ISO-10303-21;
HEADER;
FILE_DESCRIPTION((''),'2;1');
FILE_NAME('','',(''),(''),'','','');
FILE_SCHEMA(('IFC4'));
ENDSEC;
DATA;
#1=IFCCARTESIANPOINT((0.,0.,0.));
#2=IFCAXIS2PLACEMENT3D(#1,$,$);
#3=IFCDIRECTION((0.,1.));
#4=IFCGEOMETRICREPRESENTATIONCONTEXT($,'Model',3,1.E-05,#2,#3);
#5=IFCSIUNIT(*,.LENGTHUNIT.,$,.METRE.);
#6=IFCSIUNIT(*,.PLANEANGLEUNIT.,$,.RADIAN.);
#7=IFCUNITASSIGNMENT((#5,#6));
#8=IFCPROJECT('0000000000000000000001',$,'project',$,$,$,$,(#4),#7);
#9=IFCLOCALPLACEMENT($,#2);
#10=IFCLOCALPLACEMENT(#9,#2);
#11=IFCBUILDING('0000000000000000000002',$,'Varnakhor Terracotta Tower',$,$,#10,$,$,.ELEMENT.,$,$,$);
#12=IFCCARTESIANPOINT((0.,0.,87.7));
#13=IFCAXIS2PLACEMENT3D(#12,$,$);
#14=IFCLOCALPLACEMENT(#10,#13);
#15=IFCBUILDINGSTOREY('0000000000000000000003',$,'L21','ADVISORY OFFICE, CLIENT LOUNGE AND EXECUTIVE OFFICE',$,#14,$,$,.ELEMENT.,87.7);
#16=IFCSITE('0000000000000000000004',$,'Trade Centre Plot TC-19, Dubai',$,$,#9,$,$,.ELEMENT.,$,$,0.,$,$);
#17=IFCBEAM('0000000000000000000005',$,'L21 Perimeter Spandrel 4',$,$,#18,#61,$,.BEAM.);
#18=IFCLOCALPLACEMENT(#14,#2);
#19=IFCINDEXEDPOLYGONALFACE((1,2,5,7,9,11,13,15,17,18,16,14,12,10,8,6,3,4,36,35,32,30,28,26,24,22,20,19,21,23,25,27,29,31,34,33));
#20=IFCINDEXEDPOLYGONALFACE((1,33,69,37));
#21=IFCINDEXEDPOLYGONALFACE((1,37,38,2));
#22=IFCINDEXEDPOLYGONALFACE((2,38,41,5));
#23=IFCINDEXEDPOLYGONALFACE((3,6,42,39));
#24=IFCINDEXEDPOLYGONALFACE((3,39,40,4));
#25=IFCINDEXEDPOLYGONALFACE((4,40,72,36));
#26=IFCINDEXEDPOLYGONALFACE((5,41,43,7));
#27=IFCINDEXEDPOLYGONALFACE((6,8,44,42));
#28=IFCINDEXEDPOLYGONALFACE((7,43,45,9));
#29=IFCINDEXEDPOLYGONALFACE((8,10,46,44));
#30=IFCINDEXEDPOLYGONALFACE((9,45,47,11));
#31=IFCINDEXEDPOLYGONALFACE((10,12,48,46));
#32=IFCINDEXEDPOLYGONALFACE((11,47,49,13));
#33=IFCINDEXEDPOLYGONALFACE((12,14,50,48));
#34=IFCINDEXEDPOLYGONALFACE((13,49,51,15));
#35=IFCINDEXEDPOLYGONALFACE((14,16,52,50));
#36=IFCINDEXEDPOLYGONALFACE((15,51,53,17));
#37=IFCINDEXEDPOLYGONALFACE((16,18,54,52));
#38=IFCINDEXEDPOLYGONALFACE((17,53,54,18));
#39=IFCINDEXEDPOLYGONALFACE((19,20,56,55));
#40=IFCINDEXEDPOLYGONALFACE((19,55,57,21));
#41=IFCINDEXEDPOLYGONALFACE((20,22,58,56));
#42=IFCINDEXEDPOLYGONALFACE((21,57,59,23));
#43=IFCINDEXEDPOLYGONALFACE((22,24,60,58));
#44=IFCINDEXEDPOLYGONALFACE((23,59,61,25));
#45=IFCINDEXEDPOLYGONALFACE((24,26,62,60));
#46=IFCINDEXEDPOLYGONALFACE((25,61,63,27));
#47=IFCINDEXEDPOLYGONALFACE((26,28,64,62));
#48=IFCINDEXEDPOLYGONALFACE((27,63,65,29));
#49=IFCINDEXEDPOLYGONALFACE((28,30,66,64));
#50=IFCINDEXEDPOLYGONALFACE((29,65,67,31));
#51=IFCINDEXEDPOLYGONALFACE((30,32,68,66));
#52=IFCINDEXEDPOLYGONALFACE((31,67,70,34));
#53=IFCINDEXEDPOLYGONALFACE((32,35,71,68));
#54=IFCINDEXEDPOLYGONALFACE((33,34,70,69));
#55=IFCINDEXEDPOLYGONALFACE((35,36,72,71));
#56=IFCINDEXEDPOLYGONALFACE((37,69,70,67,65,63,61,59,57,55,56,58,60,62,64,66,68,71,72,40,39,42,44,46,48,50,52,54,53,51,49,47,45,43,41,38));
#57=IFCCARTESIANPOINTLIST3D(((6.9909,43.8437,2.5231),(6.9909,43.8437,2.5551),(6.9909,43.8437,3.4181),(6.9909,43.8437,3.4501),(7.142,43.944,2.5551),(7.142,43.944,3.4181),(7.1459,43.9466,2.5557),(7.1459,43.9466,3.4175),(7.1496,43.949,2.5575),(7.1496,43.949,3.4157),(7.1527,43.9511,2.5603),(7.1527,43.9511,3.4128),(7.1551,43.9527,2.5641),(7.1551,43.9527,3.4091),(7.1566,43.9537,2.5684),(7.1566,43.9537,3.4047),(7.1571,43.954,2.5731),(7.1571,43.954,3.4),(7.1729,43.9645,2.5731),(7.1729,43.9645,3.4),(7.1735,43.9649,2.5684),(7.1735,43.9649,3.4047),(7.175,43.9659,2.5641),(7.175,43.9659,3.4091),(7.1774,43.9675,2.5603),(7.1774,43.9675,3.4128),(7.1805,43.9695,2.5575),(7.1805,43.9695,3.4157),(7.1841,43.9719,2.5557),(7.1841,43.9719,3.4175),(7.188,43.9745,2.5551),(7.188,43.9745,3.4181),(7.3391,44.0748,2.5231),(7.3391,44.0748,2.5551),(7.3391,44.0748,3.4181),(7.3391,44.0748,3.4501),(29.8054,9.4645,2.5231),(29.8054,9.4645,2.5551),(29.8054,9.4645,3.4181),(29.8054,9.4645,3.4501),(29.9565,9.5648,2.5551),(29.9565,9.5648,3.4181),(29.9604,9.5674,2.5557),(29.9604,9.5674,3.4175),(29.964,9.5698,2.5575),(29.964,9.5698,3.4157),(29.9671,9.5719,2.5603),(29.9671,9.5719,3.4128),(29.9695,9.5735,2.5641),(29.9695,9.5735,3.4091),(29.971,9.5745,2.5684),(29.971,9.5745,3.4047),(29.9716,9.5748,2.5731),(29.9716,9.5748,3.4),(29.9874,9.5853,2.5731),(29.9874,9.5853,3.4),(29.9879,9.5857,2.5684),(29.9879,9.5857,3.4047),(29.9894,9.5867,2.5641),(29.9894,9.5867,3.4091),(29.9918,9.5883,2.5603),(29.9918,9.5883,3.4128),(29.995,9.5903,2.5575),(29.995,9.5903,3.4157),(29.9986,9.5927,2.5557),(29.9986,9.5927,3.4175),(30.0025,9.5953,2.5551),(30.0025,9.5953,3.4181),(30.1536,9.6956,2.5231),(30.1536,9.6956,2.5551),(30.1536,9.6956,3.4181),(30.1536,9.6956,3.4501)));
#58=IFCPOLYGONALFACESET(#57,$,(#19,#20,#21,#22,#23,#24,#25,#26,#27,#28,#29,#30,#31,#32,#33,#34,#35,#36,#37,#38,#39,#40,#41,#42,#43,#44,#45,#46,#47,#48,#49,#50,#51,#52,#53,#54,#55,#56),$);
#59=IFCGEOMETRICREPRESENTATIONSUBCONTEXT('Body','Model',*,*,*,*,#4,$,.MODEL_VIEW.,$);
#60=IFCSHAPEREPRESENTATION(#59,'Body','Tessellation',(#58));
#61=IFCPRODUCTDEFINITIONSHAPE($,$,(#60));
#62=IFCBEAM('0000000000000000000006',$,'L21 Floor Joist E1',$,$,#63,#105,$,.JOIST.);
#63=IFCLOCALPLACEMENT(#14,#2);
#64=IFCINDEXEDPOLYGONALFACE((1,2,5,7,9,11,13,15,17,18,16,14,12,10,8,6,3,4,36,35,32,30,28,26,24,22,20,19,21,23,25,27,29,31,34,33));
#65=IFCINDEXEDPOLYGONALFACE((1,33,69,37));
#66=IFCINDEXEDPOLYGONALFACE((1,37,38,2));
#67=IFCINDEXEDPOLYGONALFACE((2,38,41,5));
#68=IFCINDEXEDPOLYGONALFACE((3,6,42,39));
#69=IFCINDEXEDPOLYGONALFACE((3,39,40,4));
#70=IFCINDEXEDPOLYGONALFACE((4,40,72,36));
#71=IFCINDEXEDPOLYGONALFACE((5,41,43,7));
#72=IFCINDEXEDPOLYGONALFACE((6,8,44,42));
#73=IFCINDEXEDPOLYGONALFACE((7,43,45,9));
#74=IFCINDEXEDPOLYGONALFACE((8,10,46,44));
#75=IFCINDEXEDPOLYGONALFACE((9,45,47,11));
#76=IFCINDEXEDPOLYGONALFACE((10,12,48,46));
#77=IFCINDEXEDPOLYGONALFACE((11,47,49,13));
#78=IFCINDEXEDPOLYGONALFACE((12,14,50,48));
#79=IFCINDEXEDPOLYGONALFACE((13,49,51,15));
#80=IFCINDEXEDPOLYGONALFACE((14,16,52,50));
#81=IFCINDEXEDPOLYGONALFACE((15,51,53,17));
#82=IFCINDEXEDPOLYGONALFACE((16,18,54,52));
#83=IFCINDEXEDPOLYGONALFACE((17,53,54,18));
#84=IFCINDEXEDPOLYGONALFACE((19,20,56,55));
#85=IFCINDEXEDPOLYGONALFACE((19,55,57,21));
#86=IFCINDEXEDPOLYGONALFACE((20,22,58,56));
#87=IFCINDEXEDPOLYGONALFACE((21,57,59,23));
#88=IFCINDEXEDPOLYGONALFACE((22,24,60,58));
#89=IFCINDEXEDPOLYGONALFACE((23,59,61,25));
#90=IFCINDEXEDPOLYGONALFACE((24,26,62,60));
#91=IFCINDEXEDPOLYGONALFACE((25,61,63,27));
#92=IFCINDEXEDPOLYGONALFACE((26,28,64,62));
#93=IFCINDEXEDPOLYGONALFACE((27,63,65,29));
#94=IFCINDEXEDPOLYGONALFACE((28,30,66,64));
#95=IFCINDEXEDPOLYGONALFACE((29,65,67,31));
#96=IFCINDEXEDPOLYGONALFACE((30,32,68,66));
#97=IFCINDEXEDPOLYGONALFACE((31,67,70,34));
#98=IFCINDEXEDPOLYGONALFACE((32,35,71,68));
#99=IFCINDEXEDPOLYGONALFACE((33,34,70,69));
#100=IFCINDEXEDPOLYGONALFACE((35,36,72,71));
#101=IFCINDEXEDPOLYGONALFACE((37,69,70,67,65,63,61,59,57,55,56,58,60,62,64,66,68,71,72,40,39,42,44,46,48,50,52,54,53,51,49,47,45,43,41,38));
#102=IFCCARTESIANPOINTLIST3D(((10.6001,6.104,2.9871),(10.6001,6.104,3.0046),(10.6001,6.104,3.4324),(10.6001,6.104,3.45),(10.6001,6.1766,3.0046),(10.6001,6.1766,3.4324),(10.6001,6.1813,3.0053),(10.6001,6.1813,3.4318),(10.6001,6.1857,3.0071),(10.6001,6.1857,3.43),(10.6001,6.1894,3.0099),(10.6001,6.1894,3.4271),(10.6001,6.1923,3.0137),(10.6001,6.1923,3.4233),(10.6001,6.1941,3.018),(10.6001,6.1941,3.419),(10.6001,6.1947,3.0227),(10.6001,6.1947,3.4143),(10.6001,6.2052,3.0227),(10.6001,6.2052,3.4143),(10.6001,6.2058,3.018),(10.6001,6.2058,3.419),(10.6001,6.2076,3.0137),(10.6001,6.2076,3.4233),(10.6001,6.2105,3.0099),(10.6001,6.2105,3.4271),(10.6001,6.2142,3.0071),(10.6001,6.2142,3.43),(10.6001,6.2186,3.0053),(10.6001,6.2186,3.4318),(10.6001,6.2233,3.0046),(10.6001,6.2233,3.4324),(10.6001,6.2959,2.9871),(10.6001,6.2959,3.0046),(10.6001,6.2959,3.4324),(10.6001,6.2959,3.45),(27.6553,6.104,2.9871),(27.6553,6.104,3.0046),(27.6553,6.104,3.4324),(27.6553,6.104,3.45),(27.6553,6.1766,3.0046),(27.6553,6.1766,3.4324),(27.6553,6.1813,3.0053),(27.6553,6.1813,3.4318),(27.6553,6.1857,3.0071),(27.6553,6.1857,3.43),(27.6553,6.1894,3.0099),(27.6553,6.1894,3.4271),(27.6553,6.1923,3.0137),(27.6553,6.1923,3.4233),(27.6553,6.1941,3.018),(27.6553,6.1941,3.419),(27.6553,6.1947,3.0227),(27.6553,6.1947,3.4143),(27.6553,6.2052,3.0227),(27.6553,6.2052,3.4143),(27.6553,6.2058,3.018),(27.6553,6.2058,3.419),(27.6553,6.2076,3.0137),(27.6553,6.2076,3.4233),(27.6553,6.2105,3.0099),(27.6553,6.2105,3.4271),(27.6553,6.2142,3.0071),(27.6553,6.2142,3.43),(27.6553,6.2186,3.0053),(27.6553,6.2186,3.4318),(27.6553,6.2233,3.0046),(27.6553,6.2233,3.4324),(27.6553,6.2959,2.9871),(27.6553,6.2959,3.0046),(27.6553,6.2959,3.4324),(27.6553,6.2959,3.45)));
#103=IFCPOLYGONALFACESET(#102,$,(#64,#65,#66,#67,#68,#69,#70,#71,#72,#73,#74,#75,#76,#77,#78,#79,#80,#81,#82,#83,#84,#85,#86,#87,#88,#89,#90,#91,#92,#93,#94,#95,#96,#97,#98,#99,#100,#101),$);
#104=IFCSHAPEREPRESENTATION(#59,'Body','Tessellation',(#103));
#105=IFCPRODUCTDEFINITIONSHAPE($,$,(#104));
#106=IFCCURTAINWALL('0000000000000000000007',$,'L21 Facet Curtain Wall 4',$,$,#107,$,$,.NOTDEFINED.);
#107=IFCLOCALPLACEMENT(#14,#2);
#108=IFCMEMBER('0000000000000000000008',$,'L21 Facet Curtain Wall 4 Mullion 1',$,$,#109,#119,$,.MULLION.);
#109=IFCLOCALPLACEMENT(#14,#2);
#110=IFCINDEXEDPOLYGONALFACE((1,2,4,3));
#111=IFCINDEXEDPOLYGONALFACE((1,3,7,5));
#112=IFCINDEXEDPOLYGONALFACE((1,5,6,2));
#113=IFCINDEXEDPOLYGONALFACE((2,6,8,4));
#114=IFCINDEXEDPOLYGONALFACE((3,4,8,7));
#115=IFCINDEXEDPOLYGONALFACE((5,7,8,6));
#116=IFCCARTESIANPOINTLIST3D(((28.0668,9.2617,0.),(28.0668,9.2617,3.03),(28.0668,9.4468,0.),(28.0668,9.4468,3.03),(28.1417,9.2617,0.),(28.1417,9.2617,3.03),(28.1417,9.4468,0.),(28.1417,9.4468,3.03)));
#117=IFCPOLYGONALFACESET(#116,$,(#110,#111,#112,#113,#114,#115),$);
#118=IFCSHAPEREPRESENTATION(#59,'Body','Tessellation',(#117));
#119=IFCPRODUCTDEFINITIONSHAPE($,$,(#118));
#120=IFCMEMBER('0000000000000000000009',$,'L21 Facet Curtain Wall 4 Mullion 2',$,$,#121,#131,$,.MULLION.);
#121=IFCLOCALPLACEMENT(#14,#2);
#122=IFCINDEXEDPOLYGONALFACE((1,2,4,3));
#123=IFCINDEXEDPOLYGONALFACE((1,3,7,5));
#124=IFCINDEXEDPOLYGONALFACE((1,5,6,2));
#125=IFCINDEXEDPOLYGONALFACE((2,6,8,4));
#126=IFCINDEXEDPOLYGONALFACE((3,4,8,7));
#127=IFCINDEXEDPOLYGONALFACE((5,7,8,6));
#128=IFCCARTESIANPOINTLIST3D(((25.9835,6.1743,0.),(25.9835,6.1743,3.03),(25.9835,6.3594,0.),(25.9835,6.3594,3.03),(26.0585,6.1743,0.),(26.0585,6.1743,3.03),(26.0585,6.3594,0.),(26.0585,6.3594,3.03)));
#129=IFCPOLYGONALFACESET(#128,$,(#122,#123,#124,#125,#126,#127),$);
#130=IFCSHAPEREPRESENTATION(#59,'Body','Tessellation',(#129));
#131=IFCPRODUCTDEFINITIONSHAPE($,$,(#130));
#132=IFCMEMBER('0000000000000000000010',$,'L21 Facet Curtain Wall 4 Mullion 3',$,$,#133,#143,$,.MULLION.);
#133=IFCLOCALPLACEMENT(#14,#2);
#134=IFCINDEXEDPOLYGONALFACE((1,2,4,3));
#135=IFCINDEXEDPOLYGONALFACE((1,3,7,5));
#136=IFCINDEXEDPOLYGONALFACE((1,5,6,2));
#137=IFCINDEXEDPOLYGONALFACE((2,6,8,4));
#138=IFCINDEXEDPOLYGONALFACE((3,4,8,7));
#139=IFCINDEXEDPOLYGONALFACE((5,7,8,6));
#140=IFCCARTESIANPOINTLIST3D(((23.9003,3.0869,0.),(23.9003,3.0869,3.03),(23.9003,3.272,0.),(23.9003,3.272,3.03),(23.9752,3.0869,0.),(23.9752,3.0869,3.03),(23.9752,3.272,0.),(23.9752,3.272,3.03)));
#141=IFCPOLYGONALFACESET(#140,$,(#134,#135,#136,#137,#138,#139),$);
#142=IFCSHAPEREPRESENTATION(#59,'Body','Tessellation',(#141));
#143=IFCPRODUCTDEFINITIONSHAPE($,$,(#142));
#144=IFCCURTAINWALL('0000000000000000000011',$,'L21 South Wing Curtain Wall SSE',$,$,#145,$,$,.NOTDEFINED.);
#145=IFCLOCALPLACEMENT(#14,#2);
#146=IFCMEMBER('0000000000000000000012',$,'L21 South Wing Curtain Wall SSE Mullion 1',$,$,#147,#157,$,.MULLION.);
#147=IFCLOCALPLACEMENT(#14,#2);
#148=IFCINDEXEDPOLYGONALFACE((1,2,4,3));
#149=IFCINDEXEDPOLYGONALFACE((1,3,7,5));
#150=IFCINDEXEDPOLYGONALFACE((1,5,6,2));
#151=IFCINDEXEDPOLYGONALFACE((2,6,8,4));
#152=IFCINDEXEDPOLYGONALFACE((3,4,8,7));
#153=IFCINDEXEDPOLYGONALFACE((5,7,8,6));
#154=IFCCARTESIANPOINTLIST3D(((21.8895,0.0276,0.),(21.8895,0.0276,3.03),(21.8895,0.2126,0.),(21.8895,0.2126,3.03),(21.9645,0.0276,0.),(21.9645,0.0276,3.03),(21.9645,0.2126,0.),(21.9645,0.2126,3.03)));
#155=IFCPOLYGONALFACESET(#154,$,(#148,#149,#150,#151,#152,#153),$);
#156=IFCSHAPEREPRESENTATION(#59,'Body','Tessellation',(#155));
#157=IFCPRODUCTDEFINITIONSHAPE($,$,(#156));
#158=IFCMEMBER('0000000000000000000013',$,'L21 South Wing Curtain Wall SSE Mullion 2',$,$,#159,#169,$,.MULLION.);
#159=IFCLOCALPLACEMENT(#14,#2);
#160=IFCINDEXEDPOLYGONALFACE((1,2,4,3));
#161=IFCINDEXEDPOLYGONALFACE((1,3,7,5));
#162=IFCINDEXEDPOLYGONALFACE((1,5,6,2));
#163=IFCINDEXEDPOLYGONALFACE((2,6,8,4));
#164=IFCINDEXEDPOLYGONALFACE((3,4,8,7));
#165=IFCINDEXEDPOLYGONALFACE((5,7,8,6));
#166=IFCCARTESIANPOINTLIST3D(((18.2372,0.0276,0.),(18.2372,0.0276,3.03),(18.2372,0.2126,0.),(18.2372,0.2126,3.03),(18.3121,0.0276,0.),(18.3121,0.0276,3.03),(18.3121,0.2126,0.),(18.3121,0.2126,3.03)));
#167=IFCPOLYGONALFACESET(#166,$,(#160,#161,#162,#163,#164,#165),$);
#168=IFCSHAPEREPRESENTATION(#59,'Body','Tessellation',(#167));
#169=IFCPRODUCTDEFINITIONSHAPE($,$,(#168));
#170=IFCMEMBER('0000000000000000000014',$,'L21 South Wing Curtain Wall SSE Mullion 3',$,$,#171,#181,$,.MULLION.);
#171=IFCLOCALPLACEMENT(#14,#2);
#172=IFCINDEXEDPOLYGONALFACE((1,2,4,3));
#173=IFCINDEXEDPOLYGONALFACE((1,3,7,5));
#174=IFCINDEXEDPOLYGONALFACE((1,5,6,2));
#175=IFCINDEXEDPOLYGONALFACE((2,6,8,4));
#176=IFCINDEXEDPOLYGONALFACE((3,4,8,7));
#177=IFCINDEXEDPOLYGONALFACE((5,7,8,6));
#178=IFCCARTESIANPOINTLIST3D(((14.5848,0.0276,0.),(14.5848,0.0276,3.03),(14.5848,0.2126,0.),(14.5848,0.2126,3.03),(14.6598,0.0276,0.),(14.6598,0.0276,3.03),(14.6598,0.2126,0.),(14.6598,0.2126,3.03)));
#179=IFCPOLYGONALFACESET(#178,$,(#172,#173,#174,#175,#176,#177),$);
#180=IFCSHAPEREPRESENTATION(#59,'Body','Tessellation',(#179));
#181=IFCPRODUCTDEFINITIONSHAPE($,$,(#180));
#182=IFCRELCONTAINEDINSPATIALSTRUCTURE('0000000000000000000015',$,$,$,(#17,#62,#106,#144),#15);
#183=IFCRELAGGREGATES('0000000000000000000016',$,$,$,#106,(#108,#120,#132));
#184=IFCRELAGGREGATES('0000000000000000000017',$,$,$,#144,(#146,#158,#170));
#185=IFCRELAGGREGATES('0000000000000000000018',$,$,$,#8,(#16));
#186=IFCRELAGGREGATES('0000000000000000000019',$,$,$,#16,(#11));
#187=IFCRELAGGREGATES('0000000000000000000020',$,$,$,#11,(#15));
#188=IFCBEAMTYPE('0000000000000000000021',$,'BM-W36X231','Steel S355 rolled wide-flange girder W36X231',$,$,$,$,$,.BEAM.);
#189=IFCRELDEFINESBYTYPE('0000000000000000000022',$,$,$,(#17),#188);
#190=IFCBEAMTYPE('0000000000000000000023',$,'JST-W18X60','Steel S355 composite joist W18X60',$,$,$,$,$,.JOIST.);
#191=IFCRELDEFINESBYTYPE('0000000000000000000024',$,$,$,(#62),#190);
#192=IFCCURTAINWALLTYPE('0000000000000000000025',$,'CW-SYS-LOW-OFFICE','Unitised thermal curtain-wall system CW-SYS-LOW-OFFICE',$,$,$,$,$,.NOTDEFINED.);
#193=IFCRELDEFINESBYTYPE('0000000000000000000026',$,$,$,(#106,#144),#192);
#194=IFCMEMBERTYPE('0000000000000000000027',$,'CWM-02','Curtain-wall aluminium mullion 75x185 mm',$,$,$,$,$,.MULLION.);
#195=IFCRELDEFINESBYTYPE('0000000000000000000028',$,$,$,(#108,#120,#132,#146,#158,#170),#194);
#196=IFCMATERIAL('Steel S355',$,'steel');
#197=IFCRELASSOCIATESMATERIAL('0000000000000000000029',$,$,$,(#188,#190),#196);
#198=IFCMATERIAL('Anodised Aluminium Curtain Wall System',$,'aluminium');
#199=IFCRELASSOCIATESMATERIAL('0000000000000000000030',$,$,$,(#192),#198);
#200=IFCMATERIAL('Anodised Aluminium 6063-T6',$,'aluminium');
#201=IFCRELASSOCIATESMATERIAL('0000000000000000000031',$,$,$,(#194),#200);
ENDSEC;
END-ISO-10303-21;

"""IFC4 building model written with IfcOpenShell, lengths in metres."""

from ifc_helpers import new_model, si_unit, direction, frame, origin, origin_2d, place, context, subcontext, project, spatial, rectangle, i_section, extrude, source, transform, mapped, material, material_profile, profile_set, type_object, type_shapes, element, aggregate, save


model = new_model("IFC4")

# Units and contexts
model_context = context("Model", 3, precision=1e-05, world=origin(), true_north=direction((0.0, 1.0)))
body_context = subcontext(model_context, "Body", "Model", "MODEL_VIEW")
ifc_project = project(units=[si_unit("LENGTHUNIT", "METRE"), si_unit("PLANEANGLEUNIT", "RADIAN")], contexts=[model_context])

# Site, building, storey
site_placement = place(None, origin())
site = spatial("IfcSite", under=ifc_project, at=site_placement, Name="Trade Centre Plot TC-19, Dubai", CompositionType="ELEMENT", RefElevation=0.0)
building_placement = place(site_placement, origin())
building = spatial("IfcBuilding", under=site, at=building_placement, Name="Varnakhor Terracotta Tower", CompositionType="ELEMENT")
storey_placement = place(building_placement, frame((0.0, 0.0, 87.7)))
storey = spatial("IfcBuildingStorey", under=building, at=storey_placement, Name="L21", Description="ADVISORY OFFICE, CLIENT LOUNGE AND EXECUTIVE OFFICE", CompositionType="ELEMENT", Elevation=87.7)

# Beams
ifc_material_1 = material(Name="Steel S355", Category="steel")
ifc_material_profile_1 = material_profile(ifc_material_1, i_section(OverallWidth=0.418, OverallDepth=0.927, WebThickness=0.019, FlangeThickness=0.032, FilletRadius=0.0181, at=origin_2d()), Name="W36X231")
ifc_profile_set_1 = profile_set([ifc_material_profile_1], Name="Steel S355")
beam_type_1 = type_object("IfcBeamType", Name="BM-W36X231", Description="Steel S355 rolled wide-flange girder W36X231", PredefinedType="BEAM", material=ifc_profile_set_1)
shared_shape_1 = source(origin(), body_context, "Body", "SweptSolid", [
    extrude(i_section(OverallWidth=0.418, OverallDepth=0.927, WebThickness=0.019, FlangeThickness=0.032, FilletRadius=0.0181, at=origin_2d()), origin(), (0.0, 0.0, 1.0), 41.2605),
])
beam_1_placement = place(storey_placement, frame((29.9795, 9.5801, 2.9866), z_axis=(-0.552937, 0.833223, 0.0), x_axis=(-0.833223, -0.552937, 0.0)))
element("IfcBeam", 1, at=beam_1_placement, inside=storey, type_object=beam_type_1, Name="L21 Perimeter Spandrel 4", PredefinedType="BEAM", context=body_context, shape_type="MappedRepresentation", body=[
    mapped(shared_shape_1, transform((0.0, 0.0, 0.0), scale=1.0)),
])
ifc_material_profile_2 = material_profile(ifc_material_1, i_section(OverallWidth=0.1919, OverallDepth=0.4629, WebThickness=0.0105, FlangeThickness=0.0176, FilletRadius=0.0181, at=origin_2d()), Name="W18X60")
ifc_profile_set_2 = profile_set([ifc_material_profile_2], Name="Steel S355")
beam_type_2 = type_object("IfcBeamType", Name="JST-W18X60", Description="Steel S355 composite joist W18X60", PredefinedType="JOIST", material=ifc_profile_set_2)
shared_shape_2 = source(origin(), body_context, "Body", "SweptSolid", [
    extrude(i_section(OverallWidth=0.1919, OverallDepth=0.4629, WebThickness=0.0105, FlangeThickness=0.0176, FilletRadius=0.0181, at=origin_2d()), origin(), (0.0, 0.0, 1.0), 17.0552),
])
beam_2_placement = place(storey_placement, frame((10.6001, 6.2, 3.2185), z_axis=(1.0, 0.0, 0.0), x_axis=(0.0, 1.0, 0.0)))
element("IfcBeam", 2, at=beam_2_placement, inside=storey, type_object=beam_type_2, Name="L21 Floor Joist E1", PredefinedType="JOIST", context=body_context, shape_type="MappedRepresentation", body=[
    mapped(shared_shape_2, transform((0.0, 0.0, 0.0), scale=1.0)),
])

# Curtain walls, members
ifc_material_2 = material(Name="Anodised Aluminium Curtain Wall System", Category="aluminium")
curtain_wall_type = type_object("IfcCurtainWallType", Name="CW-SYS-LOW-OFFICE", Description="Unitised thermal curtain-wall system CW-SYS-LOW-OFFICE", PredefinedType="NOTDEFINED", material=ifc_material_2)
curtain_wall_1_placement = place(storey_placement, origin())
curtain_wall_1 = element("IfcCurtainWall", 3, at=curtain_wall_1_placement, inside=storey, type_object=curtain_wall_type, Name="L21 Facet Curtain Wall 4", PredefinedType="NOTDEFINED")
ifc_material_3 = material(Name="Anodised Aluminium 6063-T6", Category="aluminium")
ifc_material_profile_3 = material_profile(ifc_material_3, rectangle(XDim=0.075, YDim=0.1851, at=origin_2d()), Name="ALU MULLION 75x185")
ifc_profile_set_3 = profile_set([ifc_material_profile_3], Name="Anodised Aluminium 6063-T6")
member_type_1 = type_object("IfcMemberType", Name="CWM-02", Description="Curtain-wall aluminium mullion 75x185 mm", PredefinedType="MULLION", material=ifc_profile_set_3)
shared_shape_3 = source(origin(), body_context, "Body", "SweptSolid", [
    extrude(rectangle(XDim=0.075, YDim=0.1851, at=origin_2d()), origin(), (0.0, 0.0, 1.0), 3.03),
])
type_shapes(member_type_1, [shared_shape_3])
member_1_placement = place(storey_placement, frame((28.1042, 9.3542, 0.0), z_axis=(0.0, 0.0, 1.0), x_axis=(1.0, 0.0, 0.0)))
member_1 = element("IfcMember", 4, at=member_1_placement, type_object=member_type_1, Name="L21 Facet Curtain Wall 4 Mullion 1", PredefinedType="MULLION", context=body_context, shape_type="MappedRepresentation", body=[
    mapped(shared_shape_3, transform((0.0, 0.0, 0.0), scale=1.0)),
])
member_2_placement = place(storey_placement, frame((26.021, 6.2668, 0.0), z_axis=(0.0, 0.0, 1.0), x_axis=(1.0, 0.0, 0.0)))
member_2 = element("IfcMember", 5, at=member_2_placement, type_object=member_type_1, Name="L21 Facet Curtain Wall 4 Mullion 2", PredefinedType="MULLION", context=body_context, shape_type="MappedRepresentation", body=[
    mapped(shared_shape_3, transform((0.0, 0.0, 0.0), scale=1.0)),
])
member_3_placement = place(storey_placement, frame((23.9377, 3.1794, 0.0), z_axis=(0.0, 0.0, 1.0), x_axis=(1.0, 0.0, 0.0)))
member_3 = element("IfcMember", 6, at=member_3_placement, type_object=member_type_1, Name="L21 Facet Curtain Wall 4 Mullion 3", PredefinedType="MULLION", context=body_context, shape_type="MappedRepresentation", body=[
    mapped(shared_shape_3, transform((0.0, 0.0, 0.0), scale=1.0)),
])
curtain_wall_2_placement = place(storey_placement, origin())
curtain_wall_2 = element("IfcCurtainWall", 7, at=curtain_wall_2_placement, inside=storey, type_object=curtain_wall_type, Name="L21 South Wing Curtain Wall SSE", PredefinedType="NOTDEFINED")
member_4_placement = place(storey_placement, frame((21.927, 0.1201, 0.0), z_axis=(0.0, 0.0, 1.0), x_axis=(1.0, 0.0, 0.0)))
member_4 = element("IfcMember", 8, at=member_4_placement, type_object=member_type_1, Name="L21 South Wing Curtain Wall SSE Mullion 1", PredefinedType="MULLION", context=body_context, shape_type="MappedRepresentation", body=[
    mapped(shared_shape_3, transform((0.0, 0.0, 0.0), scale=1.0)),
])
member_5_placement = place(storey_placement, frame((18.2747, 0.1201, 0.0), z_axis=(0.0, 0.0, 1.0), x_axis=(1.0, 0.0, 0.0)))
member_5 = element("IfcMember", 9, at=member_5_placement, type_object=member_type_1, Name="L21 South Wing Curtain Wall SSE Mullion 2", PredefinedType="MULLION", context=body_context, shape_type="MappedRepresentation", body=[
    mapped(shared_shape_3, transform((0.0, 0.0, 0.0), scale=1.0)),
])
member_6_placement = place(storey_placement, frame((14.6223, 0.1201, 0.0), z_axis=(0.0, 0.0, 1.0), x_axis=(1.0, 0.0, 0.0)))
member_6 = element("IfcMember", 10, at=member_6_placement, type_object=member_type_1, Name="L21 South Wing Curtain Wall SSE Mullion 3", PredefinedType="MULLION", context=body_context, shape_type="MappedRepresentation", body=[
    mapped(shared_shape_3, transform((0.0, 0.0, 0.0), scale=1.0)),
])

aggregate(curtain_wall_1, [member_1, member_2, member_3])
aggregate(curtain_wall_2, [member_4, member_5, member_6])

save(model, "model.ifc")
